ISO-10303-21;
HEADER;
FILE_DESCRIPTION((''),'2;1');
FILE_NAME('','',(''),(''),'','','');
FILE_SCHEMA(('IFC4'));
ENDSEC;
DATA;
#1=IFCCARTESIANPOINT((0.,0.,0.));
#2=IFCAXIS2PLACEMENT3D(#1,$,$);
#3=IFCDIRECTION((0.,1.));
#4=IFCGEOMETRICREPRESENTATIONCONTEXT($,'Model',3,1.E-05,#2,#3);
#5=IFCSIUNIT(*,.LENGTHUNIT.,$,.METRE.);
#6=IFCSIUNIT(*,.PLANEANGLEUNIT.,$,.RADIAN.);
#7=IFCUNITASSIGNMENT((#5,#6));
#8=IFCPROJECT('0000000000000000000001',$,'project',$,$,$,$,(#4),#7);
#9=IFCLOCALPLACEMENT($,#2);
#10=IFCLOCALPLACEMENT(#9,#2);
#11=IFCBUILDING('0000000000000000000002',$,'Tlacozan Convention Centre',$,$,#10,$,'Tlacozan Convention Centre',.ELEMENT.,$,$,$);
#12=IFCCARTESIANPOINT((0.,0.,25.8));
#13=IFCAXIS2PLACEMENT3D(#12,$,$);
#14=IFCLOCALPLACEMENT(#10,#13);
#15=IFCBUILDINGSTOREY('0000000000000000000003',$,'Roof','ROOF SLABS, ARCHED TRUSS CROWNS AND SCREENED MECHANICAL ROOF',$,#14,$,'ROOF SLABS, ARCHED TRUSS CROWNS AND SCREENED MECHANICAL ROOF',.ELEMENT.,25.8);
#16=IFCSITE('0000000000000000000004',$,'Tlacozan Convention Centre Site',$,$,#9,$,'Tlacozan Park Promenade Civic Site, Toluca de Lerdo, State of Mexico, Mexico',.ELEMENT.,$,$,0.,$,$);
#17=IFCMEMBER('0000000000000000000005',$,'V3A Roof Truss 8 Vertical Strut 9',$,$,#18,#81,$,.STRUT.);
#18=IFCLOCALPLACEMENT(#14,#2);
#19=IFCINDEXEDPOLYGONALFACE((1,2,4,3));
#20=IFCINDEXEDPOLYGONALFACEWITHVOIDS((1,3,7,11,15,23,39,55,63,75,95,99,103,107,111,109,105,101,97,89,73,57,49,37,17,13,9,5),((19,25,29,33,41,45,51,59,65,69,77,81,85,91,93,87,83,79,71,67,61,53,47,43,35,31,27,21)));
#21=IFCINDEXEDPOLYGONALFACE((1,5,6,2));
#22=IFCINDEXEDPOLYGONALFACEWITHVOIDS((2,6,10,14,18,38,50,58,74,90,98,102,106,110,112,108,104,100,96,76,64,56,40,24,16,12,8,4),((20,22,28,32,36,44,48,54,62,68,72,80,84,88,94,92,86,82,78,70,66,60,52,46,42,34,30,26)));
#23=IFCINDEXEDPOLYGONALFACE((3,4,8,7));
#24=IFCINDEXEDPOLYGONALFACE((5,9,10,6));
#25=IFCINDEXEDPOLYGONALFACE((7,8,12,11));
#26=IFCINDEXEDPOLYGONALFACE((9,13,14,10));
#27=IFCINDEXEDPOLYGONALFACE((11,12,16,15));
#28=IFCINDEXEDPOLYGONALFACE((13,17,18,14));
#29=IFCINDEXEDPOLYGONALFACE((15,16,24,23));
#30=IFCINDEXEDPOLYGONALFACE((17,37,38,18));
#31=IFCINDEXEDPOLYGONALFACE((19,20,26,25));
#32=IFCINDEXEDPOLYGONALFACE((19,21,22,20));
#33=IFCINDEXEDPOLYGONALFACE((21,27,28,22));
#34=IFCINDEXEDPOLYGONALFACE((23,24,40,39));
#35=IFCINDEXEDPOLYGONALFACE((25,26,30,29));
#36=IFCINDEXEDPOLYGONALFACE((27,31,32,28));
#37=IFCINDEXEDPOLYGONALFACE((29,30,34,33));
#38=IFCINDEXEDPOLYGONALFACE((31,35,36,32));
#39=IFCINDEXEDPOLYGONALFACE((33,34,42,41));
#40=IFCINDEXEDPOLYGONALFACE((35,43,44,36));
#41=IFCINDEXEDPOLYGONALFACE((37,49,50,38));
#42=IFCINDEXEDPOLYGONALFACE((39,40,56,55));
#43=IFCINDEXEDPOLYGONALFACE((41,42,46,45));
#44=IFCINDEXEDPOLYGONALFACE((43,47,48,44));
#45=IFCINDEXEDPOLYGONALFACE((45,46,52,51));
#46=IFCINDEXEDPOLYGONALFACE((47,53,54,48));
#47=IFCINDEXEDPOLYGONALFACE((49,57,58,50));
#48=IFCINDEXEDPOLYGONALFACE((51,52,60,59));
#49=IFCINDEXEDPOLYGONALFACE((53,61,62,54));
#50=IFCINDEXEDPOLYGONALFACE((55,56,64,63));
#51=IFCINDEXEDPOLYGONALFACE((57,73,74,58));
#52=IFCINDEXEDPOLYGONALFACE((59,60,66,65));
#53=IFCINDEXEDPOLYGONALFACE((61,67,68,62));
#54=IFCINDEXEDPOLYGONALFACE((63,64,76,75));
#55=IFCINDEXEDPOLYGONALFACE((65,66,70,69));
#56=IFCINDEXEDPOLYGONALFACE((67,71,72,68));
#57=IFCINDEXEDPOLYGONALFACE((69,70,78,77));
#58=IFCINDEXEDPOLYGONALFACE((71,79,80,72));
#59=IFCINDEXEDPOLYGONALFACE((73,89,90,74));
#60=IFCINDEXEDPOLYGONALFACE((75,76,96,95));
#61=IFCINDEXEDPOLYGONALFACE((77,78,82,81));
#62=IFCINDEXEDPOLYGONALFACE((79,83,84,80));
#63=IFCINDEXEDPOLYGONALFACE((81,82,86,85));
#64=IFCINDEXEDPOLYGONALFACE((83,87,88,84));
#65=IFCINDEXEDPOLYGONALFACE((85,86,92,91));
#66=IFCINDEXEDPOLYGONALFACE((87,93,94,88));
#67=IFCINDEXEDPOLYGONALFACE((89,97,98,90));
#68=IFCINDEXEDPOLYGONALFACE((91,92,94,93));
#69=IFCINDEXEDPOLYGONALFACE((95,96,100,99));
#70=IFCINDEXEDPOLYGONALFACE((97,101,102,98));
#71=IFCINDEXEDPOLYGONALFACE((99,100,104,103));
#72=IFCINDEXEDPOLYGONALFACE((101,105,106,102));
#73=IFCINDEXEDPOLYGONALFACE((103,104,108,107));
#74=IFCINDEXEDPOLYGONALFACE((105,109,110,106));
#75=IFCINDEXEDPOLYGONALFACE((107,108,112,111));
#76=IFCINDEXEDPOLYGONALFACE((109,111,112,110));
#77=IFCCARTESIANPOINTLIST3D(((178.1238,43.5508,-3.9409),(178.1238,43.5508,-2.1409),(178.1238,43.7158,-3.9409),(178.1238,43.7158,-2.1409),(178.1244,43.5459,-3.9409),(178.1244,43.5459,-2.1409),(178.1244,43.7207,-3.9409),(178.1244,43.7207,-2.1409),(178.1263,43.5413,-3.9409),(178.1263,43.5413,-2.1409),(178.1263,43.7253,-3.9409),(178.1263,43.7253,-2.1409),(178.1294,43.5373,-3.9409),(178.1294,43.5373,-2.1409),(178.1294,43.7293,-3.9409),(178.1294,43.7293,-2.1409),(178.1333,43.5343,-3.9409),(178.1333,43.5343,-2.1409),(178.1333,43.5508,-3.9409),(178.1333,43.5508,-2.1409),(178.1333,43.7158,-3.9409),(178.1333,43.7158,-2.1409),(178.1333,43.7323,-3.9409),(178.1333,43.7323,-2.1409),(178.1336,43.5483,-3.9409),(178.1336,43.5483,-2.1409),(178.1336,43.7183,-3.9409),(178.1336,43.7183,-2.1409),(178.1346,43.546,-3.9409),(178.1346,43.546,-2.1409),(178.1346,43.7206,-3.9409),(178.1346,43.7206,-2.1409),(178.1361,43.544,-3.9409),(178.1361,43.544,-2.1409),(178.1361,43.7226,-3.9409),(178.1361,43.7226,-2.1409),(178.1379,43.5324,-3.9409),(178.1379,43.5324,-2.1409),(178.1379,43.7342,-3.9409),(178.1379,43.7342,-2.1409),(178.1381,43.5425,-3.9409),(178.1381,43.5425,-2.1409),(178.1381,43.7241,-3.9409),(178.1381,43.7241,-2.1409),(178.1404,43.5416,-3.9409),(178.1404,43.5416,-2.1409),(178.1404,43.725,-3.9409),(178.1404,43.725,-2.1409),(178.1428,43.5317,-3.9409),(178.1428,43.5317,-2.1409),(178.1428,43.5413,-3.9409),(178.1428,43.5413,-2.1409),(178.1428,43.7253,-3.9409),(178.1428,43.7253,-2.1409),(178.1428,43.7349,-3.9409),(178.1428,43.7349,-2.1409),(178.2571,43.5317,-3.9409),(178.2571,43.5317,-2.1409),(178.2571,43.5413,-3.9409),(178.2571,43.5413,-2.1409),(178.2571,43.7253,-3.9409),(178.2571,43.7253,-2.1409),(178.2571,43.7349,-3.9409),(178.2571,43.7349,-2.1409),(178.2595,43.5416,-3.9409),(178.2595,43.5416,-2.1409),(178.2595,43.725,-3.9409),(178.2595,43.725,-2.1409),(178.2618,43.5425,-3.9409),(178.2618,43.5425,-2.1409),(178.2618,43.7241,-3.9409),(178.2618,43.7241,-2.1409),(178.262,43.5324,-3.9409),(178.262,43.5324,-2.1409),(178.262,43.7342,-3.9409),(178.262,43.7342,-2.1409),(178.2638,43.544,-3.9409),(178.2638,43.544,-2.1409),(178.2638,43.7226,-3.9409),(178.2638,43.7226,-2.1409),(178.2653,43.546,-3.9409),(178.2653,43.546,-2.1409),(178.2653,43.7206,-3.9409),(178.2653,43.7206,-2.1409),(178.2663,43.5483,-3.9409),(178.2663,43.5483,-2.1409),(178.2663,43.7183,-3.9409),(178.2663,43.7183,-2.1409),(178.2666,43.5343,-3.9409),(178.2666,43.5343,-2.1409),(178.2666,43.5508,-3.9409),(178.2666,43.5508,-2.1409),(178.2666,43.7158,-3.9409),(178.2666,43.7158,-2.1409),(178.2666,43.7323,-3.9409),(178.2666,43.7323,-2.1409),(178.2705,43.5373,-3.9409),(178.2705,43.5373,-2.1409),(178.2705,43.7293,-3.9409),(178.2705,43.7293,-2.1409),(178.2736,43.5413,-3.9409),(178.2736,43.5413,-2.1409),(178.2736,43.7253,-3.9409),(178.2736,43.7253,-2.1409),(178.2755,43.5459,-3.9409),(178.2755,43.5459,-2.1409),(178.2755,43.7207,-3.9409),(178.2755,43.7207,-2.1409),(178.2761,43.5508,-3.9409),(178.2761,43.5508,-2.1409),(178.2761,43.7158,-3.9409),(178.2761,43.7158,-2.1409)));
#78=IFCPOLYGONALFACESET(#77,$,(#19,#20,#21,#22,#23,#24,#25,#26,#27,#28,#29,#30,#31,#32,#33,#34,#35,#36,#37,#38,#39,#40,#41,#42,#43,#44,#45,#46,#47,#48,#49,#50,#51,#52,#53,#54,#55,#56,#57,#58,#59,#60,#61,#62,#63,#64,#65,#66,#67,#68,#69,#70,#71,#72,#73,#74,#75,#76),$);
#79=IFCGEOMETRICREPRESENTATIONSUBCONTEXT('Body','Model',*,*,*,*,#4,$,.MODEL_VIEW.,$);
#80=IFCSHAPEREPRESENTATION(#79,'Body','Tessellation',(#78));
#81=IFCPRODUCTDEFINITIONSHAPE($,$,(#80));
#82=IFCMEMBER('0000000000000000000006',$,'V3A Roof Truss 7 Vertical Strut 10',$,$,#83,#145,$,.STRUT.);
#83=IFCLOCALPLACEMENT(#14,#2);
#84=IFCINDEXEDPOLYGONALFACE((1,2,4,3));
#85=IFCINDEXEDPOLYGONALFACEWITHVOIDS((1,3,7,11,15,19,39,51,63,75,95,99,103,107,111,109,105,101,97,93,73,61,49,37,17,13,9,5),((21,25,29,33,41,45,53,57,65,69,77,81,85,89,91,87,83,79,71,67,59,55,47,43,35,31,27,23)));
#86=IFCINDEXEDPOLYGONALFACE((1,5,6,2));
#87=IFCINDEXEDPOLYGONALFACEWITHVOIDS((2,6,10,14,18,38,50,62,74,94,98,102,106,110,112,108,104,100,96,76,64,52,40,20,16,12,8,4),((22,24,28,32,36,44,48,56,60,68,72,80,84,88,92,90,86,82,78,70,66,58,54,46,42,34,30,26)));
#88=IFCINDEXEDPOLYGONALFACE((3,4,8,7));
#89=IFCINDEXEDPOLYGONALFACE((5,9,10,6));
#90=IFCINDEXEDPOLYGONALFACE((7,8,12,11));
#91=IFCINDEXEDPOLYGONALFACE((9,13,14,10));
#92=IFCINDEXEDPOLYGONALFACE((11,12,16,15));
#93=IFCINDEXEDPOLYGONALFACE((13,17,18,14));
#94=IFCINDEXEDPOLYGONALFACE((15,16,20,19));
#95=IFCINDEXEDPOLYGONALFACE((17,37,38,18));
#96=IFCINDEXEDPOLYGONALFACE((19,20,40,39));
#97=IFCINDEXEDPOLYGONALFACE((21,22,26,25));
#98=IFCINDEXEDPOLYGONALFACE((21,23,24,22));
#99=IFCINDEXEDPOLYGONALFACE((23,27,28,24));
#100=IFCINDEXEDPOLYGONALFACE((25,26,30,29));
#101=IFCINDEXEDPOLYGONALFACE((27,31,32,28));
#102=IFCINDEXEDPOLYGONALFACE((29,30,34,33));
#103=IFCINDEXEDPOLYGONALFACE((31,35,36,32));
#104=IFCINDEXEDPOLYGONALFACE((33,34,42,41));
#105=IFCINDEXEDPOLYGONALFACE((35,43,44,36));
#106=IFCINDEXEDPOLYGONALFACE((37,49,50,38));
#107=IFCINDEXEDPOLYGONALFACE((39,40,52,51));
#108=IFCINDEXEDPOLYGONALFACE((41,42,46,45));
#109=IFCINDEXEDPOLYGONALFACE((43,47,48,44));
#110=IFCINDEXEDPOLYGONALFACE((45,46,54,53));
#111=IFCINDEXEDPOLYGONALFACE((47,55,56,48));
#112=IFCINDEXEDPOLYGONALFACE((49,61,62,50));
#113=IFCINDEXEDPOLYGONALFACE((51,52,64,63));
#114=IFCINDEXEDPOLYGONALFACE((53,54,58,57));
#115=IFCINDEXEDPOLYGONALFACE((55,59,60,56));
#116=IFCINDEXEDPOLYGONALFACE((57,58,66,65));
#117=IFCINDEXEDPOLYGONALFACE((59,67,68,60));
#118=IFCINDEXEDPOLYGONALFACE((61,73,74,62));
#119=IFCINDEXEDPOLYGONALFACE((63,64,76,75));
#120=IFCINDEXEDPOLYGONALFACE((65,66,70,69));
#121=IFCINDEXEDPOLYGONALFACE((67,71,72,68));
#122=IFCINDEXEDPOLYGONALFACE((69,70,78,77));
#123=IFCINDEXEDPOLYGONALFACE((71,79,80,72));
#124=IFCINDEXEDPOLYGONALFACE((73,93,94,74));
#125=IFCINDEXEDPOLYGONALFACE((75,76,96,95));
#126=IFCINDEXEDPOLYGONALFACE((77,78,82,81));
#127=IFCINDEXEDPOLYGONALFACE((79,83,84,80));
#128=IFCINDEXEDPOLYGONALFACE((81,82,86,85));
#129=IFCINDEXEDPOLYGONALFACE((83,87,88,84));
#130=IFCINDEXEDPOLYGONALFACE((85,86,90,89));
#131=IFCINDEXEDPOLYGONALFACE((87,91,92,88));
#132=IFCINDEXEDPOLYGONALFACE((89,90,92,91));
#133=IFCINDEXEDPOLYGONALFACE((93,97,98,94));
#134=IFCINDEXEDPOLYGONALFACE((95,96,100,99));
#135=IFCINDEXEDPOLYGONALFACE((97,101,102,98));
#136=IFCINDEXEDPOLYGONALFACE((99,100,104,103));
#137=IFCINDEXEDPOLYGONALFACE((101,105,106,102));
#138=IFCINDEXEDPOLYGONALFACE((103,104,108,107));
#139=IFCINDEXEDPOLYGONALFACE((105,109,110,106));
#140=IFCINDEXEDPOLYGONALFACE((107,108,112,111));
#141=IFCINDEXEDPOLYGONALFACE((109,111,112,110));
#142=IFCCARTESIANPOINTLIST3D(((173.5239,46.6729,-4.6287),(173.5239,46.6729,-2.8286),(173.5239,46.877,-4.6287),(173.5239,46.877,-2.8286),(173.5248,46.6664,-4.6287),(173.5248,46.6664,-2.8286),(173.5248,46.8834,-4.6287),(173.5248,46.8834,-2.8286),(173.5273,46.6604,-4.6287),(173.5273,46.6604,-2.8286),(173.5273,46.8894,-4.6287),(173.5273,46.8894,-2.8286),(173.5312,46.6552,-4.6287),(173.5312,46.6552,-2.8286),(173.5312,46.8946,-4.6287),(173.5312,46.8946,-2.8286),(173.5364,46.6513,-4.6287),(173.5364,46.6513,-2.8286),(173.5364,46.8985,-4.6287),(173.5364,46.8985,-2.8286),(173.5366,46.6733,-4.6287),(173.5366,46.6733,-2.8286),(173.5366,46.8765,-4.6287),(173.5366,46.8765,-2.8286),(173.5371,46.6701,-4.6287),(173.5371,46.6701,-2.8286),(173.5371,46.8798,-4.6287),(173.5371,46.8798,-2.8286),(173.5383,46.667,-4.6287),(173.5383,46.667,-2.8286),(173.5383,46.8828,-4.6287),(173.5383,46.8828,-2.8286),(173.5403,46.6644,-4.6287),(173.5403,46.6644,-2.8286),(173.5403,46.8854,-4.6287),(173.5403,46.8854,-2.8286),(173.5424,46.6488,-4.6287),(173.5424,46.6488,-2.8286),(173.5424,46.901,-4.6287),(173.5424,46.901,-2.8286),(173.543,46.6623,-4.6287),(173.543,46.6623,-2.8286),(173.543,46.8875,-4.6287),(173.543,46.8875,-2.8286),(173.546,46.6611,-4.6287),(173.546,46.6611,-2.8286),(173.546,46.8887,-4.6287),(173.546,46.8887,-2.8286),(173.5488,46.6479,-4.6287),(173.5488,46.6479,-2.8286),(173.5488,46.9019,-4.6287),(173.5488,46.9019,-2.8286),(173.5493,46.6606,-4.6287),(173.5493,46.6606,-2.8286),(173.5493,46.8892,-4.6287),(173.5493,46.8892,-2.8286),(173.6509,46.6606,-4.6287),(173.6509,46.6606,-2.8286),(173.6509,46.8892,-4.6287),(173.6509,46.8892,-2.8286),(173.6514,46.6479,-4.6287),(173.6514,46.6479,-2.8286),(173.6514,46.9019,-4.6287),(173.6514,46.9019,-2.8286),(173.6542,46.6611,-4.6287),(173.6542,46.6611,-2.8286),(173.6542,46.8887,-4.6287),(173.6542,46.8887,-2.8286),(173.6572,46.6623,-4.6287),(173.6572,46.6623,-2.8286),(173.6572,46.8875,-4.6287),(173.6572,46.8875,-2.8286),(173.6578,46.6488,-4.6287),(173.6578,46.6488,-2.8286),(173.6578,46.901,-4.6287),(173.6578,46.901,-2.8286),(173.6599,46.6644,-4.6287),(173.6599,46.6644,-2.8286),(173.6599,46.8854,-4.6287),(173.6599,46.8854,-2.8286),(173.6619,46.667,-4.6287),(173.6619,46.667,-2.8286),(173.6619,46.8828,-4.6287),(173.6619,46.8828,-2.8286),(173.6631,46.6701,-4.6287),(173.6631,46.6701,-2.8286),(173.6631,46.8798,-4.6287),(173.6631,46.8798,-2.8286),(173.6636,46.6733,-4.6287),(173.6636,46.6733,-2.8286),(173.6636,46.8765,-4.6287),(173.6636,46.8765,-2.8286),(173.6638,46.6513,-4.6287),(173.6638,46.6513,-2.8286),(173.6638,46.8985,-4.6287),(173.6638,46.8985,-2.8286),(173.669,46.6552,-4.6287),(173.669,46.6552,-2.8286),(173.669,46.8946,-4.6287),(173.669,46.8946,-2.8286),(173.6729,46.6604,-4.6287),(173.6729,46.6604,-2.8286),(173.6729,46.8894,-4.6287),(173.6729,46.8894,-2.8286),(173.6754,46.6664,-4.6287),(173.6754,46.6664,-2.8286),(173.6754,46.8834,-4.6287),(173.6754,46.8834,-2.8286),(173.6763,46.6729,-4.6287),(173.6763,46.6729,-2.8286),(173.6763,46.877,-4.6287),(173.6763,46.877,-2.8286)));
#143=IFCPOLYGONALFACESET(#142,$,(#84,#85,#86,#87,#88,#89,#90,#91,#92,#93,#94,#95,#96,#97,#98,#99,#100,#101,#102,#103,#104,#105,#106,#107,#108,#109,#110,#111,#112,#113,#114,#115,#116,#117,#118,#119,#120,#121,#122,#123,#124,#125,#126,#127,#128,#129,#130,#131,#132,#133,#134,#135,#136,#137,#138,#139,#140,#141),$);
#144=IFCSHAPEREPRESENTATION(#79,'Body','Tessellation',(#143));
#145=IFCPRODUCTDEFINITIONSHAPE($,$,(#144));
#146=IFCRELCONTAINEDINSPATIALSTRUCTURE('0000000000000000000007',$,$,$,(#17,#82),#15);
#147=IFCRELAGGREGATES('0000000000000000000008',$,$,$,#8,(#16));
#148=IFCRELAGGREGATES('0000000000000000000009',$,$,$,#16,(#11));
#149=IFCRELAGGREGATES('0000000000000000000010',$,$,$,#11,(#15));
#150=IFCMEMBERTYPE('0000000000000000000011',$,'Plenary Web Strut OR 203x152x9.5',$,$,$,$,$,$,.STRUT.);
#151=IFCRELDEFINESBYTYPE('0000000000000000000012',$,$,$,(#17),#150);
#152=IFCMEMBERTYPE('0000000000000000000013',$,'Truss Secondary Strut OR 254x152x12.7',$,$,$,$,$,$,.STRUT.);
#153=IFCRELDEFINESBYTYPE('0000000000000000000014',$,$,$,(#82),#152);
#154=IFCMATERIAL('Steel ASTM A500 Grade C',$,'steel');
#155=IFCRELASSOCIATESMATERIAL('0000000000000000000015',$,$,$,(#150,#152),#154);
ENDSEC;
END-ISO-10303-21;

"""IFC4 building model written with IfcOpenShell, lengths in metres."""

from ifc_helpers import new_model, si_unit, direction, frame, origin, origin_2d, place, context, subcontext, project, spatial, hollow_rectangle, extrude, material, material_profile, profile_set, type_object, element, save


model = new_model("IFC4")

# Units and contexts
model_context = context("Model", 3, precision=1e-05, world=origin(), true_north=direction((0.0, 1.0)))
body_context = subcontext(model_context, "Body", "Model", "MODEL_VIEW")
ifc_project = project(units=[si_unit("LENGTHUNIT", "METRE"), si_unit("PLANEANGLEUNIT", "RADIAN")], contexts=[model_context])

# Site, building, storey
site_placement = place(None, origin())
site = spatial("IfcSite", under=ifc_project, at=site_placement, Name="Tlacozan Convention Centre Site", LongName="Tlacozan Park Promenade Civic Site, Toluca de Lerdo, State of Mexico, Mexico", CompositionType="ELEMENT", RefElevation=0.0)
building_placement = place(site_placement, origin())
building = spatial("IfcBuilding", under=site, at=building_placement, Name="Tlacozan Convention Centre", LongName="Tlacozan Convention Centre", CompositionType="ELEMENT")
storey_placement = place(building_placement, frame((0.0, 0.0, 25.8)))
storey = spatial("IfcBuildingStorey", under=building, at=storey_placement, Name="Roof", Description="ROOF SLABS, ARCHED TRUSS CROWNS AND SCREENED MECHANICAL ROOF", LongName="ROOF SLABS, ARCHED TRUSS CROWNS AND SCREENED MECHANICAL ROOF", CompositionType="ELEMENT", Elevation=25.8)

# Members
ifc_material_1 = material(Name="Steel ASTM A500 Grade C", Category="steel")
ifc_material_profile_1 = material_profile(ifc_material_1, hollow_rectangle(XDim=0.1523, YDim=0.2031, WallThickness=0.0095, InnerFilletRadius=0.0095, OuterFilletRadius=0.019, at=origin_2d()), Name="OR 203x152x9.5")
ifc_profile_set_1 = profile_set([ifc_material_profile_1], Name="Steel ASTM A500 Grade C")
member_type_1 = type_object("IfcMemberType", Name="Plenary Web Strut OR 203x152x9.5", PredefinedType="STRUT", material=ifc_profile_set_1)
member_1_placement = place(storey_placement, frame((178.2, 43.6333, -3.9409), z_axis=(0.0, 0.0, 1.0), x_axis=(1.0, 0.0, 0.0)))
element("IfcMember", 1, at=member_1_placement, inside=storey, type_object=member_type_1, Name="V3A Roof Truss 8 Vertical Strut 9", PredefinedType="STRUT", context=body_context, shape_type="SweptSolid", body=[
    extrude(hollow_rectangle(XDim=0.1523, YDim=0.2031, WallThickness=0.0095, InnerFilletRadius=0.0095, OuterFilletRadius=0.019, at=origin_2d()), origin(), (0.0, 0.0, 1.0), 1.8),
])
ifc_material_profile_2 = material_profile(ifc_material_1, hollow_rectangle(XDim=0.1523, YDim=0.2539, WallThickness=0.0127, InnerFilletRadius=0.0127, OuterFilletRadius=0.0249, at=origin_2d()), Name="OR 254x152x12.7")
ifc_profile_set_2 = profile_set([ifc_material_profile_2], Name="Steel ASTM A500 Grade C")
member_type_2 = type_object("IfcMemberType", Name="Truss Secondary Strut OR 254x152x12.7", PredefinedType="STRUT", material=ifc_profile_set_2)
for number, where, z_axis, x_axis, name in (
    (2, (173.6001, 46.7749, -4.6287), (0.0, 0.0, 1.0), (1.0, 0.0, 0.0), "V3A Roof Truss 7 Vertical Strut 10"),
):
    element("IfcMember", number, at=place(storey_placement, frame(where, z_axis=z_axis, x_axis=x_axis)), inside=storey, type_object=member_type_2, Name=name, PredefinedType="STRUT", context=body_context, shape_type="SweptSolid", body=[
        extrude(hollow_rectangle(XDim=0.1523, YDim=0.2539, WallThickness=0.0127, InnerFilletRadius=0.0127, OuterFilletRadius=0.0249, at=origin_2d()), origin(), (0.0, 0.0, 1.0), 1.8),
    ])

save(model, "model.ifc")
